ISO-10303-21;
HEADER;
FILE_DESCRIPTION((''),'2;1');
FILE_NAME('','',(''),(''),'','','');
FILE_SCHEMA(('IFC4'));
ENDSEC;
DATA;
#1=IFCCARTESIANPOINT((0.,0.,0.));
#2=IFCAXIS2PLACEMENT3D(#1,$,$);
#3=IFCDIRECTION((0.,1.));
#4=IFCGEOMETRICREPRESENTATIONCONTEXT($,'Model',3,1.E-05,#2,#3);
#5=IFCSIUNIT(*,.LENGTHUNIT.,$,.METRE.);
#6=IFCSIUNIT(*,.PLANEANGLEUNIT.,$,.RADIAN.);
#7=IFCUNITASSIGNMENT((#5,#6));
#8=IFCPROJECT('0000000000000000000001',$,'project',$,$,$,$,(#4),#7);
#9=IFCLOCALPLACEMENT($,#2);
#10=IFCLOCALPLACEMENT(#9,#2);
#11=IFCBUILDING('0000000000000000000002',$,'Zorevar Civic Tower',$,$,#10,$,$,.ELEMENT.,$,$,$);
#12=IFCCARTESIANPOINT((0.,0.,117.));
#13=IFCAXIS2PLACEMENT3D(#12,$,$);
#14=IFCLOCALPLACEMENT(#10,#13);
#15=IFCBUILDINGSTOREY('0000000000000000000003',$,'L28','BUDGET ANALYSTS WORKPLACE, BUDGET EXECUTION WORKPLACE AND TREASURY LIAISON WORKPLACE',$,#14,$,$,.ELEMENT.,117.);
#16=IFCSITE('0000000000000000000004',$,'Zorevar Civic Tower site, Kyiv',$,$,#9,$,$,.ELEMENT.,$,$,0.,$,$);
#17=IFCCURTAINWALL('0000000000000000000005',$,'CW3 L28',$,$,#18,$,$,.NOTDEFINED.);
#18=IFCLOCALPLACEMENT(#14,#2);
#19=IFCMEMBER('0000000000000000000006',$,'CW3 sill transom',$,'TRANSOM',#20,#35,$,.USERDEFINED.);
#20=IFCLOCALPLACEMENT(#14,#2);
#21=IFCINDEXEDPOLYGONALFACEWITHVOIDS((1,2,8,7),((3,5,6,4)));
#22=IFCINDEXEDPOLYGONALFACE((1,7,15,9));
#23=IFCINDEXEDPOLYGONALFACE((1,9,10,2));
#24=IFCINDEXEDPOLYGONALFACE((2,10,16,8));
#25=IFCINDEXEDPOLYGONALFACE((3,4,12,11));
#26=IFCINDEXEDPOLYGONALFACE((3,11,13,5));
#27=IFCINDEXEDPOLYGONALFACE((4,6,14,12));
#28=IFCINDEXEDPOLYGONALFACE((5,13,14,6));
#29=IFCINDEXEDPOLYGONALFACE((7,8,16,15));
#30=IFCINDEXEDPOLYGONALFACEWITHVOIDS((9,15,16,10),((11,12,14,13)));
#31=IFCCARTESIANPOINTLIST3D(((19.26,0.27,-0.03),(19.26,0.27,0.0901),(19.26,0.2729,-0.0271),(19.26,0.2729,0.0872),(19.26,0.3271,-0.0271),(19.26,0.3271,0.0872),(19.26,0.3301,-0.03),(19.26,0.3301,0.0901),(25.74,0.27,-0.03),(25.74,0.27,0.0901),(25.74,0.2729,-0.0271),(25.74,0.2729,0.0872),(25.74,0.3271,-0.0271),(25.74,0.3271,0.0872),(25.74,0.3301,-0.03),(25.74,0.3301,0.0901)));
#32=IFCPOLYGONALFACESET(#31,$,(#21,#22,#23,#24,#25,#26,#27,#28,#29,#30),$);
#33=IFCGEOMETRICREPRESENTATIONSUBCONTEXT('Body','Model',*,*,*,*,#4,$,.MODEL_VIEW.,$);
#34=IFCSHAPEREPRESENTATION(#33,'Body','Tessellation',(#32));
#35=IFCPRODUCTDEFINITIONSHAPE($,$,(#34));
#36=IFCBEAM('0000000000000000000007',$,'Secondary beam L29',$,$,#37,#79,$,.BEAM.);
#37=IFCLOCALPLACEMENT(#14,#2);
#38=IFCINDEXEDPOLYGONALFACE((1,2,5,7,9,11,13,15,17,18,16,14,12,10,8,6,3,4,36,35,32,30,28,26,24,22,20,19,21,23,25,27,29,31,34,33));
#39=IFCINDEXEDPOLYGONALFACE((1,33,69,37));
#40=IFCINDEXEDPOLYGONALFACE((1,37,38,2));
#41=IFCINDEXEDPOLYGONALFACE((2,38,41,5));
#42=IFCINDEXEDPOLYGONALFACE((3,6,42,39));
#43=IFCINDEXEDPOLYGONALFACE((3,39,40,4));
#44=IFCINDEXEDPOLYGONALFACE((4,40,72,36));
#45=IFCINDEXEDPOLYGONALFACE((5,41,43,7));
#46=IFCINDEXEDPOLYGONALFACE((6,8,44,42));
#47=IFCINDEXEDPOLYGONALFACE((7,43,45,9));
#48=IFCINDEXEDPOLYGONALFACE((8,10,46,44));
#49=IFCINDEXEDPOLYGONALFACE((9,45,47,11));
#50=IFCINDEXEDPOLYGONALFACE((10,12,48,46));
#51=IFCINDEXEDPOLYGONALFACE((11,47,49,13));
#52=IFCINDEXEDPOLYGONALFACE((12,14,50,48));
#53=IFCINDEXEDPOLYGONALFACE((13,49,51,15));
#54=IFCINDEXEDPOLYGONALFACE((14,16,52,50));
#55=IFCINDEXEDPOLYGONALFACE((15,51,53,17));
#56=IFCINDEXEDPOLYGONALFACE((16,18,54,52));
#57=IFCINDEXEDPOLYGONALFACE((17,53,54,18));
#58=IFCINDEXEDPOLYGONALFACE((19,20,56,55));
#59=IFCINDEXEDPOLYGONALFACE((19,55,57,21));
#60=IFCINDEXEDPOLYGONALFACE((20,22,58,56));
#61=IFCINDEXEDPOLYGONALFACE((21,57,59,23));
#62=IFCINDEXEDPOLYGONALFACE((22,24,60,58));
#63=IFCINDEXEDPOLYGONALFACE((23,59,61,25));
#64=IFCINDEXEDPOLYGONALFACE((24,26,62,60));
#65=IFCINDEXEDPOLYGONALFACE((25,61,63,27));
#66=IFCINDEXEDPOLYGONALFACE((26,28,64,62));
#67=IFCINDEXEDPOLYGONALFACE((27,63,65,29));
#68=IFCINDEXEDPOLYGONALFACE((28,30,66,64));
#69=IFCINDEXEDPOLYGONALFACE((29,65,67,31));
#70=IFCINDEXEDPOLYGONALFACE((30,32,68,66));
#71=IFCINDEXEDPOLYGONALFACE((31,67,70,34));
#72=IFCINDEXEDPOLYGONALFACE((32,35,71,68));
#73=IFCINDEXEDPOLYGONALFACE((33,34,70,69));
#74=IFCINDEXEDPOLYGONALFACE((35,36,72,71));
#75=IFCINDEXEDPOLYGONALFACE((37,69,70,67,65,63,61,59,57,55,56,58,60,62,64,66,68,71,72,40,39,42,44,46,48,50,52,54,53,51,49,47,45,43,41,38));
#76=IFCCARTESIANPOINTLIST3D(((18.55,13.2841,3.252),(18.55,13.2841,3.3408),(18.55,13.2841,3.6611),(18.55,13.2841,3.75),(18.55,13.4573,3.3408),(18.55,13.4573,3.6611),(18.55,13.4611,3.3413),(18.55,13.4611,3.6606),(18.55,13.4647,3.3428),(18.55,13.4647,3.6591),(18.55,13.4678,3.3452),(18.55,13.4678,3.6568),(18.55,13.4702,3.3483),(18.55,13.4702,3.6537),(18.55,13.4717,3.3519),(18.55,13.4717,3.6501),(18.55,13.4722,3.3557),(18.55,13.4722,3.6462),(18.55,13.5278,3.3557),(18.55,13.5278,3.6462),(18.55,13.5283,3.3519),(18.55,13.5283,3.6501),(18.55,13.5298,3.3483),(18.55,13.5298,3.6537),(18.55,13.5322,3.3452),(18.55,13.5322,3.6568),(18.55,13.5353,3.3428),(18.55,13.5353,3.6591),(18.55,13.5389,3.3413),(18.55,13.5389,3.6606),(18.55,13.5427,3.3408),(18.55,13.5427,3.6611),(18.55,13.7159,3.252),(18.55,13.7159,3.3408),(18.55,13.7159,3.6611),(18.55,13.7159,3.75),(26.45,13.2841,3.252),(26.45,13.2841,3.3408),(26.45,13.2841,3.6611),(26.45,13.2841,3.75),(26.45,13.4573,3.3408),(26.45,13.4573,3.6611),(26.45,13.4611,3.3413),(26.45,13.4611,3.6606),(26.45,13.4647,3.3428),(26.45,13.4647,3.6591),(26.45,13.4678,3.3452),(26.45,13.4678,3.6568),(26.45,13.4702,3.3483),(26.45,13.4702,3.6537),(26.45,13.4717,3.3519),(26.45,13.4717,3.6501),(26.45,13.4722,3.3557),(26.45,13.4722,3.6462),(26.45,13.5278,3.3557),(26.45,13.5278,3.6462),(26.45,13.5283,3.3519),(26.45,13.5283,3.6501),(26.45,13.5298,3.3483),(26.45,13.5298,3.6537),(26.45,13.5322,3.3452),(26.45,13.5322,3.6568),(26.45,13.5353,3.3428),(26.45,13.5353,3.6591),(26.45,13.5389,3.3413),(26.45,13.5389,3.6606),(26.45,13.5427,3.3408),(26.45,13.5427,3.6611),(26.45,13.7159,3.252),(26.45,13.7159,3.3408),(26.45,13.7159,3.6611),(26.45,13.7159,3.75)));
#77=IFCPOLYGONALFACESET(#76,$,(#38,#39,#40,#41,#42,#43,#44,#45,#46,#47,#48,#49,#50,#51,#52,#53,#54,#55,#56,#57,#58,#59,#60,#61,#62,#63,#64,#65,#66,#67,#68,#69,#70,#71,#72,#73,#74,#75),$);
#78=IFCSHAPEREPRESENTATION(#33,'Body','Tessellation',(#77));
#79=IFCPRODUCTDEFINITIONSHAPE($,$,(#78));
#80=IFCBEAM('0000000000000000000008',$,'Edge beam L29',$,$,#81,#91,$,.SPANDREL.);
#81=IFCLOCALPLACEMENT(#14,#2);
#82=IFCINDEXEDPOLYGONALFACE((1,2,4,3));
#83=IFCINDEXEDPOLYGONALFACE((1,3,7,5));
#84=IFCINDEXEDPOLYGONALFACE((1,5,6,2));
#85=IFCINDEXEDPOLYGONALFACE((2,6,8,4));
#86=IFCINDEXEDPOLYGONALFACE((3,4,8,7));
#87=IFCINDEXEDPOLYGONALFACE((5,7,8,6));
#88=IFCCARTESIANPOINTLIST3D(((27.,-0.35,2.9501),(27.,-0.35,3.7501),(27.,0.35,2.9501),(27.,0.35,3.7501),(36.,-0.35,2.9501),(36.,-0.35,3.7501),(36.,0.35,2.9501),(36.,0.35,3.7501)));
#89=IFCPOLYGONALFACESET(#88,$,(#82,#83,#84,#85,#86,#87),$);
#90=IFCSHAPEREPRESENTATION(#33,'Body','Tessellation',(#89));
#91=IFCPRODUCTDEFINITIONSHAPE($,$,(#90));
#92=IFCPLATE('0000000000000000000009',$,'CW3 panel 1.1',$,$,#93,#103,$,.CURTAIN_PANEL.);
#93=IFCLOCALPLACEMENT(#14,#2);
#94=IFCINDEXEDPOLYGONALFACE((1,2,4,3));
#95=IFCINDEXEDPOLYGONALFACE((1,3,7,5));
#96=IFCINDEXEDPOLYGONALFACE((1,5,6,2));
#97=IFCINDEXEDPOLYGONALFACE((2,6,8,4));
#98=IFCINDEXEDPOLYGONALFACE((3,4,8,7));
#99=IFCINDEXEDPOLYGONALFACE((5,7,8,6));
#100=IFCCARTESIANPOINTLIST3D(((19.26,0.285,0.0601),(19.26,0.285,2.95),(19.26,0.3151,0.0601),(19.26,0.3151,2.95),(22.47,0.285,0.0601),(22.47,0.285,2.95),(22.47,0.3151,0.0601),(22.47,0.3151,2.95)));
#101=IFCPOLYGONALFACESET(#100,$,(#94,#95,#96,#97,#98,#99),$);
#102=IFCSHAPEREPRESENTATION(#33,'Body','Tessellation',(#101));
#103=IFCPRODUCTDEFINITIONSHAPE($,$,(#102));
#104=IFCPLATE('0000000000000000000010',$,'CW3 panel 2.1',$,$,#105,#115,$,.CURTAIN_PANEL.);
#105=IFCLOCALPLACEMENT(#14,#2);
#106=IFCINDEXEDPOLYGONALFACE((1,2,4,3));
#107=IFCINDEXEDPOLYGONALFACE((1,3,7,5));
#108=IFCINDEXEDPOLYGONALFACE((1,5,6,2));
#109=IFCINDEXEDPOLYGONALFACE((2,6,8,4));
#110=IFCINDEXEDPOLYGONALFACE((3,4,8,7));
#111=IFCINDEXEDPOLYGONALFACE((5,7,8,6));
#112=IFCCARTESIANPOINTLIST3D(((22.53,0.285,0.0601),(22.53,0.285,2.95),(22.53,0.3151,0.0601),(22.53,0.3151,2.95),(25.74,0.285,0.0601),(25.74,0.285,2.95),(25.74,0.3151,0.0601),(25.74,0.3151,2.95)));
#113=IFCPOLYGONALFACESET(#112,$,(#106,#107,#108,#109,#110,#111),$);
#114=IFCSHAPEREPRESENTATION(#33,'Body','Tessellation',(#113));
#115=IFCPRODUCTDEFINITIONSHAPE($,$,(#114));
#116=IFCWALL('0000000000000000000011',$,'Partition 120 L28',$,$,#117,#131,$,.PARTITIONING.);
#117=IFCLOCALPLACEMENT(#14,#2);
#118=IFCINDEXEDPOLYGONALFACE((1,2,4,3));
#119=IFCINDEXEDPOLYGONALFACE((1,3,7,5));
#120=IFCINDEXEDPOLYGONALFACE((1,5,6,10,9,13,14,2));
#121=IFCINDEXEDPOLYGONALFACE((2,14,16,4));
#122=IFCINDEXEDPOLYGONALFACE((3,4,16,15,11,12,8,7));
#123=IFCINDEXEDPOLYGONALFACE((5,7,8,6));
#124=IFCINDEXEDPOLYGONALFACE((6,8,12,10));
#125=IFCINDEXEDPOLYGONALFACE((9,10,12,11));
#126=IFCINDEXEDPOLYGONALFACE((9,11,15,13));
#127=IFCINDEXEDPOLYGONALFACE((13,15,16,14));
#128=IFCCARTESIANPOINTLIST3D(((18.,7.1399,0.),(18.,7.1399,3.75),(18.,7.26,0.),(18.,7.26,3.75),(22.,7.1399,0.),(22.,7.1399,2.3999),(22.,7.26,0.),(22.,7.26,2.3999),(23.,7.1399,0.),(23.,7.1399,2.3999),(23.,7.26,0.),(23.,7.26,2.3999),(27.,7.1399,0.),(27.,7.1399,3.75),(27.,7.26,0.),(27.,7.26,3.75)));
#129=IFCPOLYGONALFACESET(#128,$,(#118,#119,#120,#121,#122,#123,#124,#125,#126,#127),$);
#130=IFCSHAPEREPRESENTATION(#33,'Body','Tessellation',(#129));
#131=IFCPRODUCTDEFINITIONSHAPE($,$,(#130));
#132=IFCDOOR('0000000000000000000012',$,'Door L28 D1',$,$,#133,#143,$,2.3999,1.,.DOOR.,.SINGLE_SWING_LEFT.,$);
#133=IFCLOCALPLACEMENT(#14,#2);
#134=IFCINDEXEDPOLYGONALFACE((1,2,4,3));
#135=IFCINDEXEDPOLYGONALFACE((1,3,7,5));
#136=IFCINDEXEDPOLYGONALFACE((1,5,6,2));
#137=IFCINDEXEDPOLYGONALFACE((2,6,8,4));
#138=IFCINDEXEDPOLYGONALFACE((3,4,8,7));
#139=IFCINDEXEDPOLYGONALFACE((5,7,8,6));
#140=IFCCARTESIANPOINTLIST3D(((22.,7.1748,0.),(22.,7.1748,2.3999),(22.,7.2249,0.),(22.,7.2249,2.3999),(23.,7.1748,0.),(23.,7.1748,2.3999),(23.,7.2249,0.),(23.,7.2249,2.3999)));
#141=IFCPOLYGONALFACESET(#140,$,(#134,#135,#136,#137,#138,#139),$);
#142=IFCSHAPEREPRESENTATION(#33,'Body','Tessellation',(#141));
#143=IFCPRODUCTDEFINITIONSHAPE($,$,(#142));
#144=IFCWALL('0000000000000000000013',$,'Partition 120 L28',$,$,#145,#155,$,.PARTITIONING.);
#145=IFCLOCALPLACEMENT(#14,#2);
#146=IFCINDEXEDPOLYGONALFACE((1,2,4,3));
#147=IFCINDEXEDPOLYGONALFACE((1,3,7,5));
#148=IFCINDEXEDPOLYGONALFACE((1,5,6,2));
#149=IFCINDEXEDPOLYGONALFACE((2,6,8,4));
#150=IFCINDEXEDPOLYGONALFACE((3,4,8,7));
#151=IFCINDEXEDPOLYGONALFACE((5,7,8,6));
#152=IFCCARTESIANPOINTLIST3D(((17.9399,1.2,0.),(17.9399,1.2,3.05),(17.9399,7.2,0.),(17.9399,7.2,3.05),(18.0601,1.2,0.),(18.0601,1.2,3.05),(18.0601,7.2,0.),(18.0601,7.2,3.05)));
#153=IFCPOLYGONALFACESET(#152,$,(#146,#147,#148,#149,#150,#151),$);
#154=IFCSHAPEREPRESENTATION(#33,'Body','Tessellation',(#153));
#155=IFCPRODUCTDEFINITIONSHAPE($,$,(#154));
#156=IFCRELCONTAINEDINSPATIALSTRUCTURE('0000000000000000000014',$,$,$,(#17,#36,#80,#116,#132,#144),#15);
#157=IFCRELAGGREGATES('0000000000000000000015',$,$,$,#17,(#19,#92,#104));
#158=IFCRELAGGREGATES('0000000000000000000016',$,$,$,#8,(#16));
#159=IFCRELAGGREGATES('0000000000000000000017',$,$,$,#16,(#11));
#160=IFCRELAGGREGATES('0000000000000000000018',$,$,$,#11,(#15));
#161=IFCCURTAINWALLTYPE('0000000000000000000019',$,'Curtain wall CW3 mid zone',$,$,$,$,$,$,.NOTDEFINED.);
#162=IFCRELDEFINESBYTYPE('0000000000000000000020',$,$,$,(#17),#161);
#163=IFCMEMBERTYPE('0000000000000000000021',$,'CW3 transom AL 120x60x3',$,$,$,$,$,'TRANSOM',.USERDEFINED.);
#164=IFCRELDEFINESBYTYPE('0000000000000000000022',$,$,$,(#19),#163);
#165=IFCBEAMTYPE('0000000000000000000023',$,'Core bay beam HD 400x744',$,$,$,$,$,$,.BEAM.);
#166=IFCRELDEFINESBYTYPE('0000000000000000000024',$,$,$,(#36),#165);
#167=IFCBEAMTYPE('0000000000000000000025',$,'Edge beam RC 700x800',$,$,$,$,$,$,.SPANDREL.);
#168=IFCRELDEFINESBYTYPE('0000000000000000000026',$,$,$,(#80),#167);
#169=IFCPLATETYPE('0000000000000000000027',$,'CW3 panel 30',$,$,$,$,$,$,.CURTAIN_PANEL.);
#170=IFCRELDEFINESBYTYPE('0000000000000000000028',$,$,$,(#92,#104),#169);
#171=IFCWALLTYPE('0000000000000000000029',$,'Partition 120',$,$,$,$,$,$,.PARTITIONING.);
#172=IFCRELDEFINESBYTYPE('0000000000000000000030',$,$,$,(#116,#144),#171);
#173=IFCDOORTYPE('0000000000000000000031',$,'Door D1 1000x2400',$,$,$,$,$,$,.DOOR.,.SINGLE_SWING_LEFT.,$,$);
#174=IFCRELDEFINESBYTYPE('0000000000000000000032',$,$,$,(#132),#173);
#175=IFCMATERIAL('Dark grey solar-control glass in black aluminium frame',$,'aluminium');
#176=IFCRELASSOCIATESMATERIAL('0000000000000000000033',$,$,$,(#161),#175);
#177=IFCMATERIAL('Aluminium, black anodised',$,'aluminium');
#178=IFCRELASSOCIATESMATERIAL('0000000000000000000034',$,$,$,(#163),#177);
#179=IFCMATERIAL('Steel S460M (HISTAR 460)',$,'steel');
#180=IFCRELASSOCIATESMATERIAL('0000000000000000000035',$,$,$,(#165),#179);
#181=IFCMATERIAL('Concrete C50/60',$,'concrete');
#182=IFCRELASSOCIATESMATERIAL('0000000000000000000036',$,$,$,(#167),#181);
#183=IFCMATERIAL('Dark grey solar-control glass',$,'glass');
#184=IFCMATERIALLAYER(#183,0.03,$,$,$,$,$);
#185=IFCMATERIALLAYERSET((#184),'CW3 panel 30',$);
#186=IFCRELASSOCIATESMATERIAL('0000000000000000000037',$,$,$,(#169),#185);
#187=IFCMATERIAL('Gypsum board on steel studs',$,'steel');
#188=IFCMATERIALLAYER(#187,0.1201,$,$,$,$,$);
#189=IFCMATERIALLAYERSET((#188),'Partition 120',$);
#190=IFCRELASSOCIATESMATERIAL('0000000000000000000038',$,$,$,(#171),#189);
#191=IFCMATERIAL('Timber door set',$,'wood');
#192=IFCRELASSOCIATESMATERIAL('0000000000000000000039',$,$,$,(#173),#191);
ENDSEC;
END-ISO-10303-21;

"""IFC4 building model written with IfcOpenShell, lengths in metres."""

from ifc_helpers import new_model, si_unit, direction, frame, frame_2d, origin, origin_2d, place, context, subcontext, project, spatial, rectangle, hollow_rectangle, i_section, extrude, material, layer, layer_set, material_profile, profile_set, type_object, element, fill, aggregate, save


model = new_model("IFC4")

# Units and contexts
model_context = context("Model", 3, precision=1e-05, world=origin(), true_north=direction((0.0, 1.0)))
body_context = subcontext(model_context, "Body", "Model", "MODEL_VIEW")
ifc_project = project(units=[si_unit("LENGTHUNIT", "METRE"), si_unit("PLANEANGLEUNIT", "RADIAN")], contexts=[model_context])

# Site, building, storey
site_placement = place(None, origin())
site = spatial("IfcSite", under=ifc_project, at=site_placement, Name="Zorevar Civic Tower site, Kyiv", CompositionType="ELEMENT", RefElevation=0.0)
building_placement = place(site_placement, origin())
building = spatial("IfcBuilding", under=site, at=building_placement, Name="Zorevar Civic Tower", CompositionType="ELEMENT")
storey_placement = place(building_placement, frame((0.0, 0.0, 117.0)))
storey = spatial("IfcBuildingStorey", under=building, at=storey_placement, Name="L28", Description="BUDGET ANALYSTS WORKPLACE, BUDGET EXECUTION WORKPLACE AND TREASURY LIAISON WORKPLACE", CompositionType="ELEMENT", Elevation=117.0)

# Curtain wall, member
ifc_material_1 = material(Name="Dark grey solar-control glass in black aluminium frame", Category="aluminium")
curtain_wall_type = type_object("IfcCurtainWallType", Name="Curtain wall CW3 mid zone", PredefinedType="NOTDEFINED", material=ifc_material_1)
curtain_wall_placement = place(storey_placement, origin())
curtain_wall = element("IfcCurtainWall", 1, at=curtain_wall_placement, inside=storey, type_object=curtain_wall_type, Name="CW3 L28", PredefinedType="NOTDEFINED")
ifc_material_2 = material(Name="Aluminium, black anodised", Category="aluminium")
ifc_material_profile_1 = material_profile(ifc_material_2, hollow_rectangle(XDim=0.0601, YDim=0.1201, WallThickness=0.0029, at=origin_2d()), Name="AL 120x60x3")
ifc_profile_set_1 = profile_set([ifc_material_profile_1], Name="Aluminium, black anodised")
member_type_1 = type_object("IfcMemberType", Name="CW3 transom AL 120x60x3", ElementType="TRANSOM", PredefinedType="USERDEFINED", material=ifc_profile_set_1)
member_1_placement = place(storey_placement, frame((19.26, 0.3, 0.03), z_axis=(1.0, 0.0, 0.0), x_axis=(0.0, 1.0, 0.0)))
member_1 = element("IfcMember", 2, at=member_1_placement, type_object=member_type_1, Name="CW3 sill transom", ObjectType="TRANSOM", PredefinedType="USERDEFINED", context=body_context, shape_type="SweptSolid", body=[
    extrude(hollow_rectangle(XDim=0.0601, YDim=0.1201, WallThickness=0.0029, at=origin_2d()), origin(), (0.0, 0.0, 1.0), 6.48),
])

# Beams
ifc_material_3 = material(Name="Steel S460M (HISTAR 460)", Category="steel")
ifc_material_profile_2 = material_profile(ifc_material_3, i_section(OverallWidth=0.4319, OverallDepth=0.498, WebThickness=0.0557, FlangeThickness=0.0889, FilletRadius=0.0149, at=origin_2d()), Name="HD 400x744")
ifc_profile_set_2 = profile_set([ifc_material_profile_2], Name="Steel S460M (HISTAR 460)")
beam_type_1 = type_object("IfcBeamType", Name="Core bay beam HD 400x744", PredefinedType="BEAM", material=ifc_profile_set_2)
beam_1_placement = place(storey_placement, frame((18.55, 13.5, 3.501), z_axis=(1.0, 0.0, 0.0), x_axis=(0.0, 1.0, 0.0)))
element("IfcBeam", 3, at=beam_1_placement, inside=storey, type_object=beam_type_1, Name="Secondary beam L29", PredefinedType="BEAM", context=body_context, shape_type="SweptSolid", body=[
    extrude(i_section(OverallWidth=0.4319, OverallDepth=0.498, WebThickness=0.0557, FlangeThickness=0.0889, FilletRadius=0.0149, at=origin_2d()), origin(), (0.0, 0.0, 1.0), 7.8999),
])
ifc_material_4 = material(Name="Concrete C50/60", Category="concrete")
ifc_material_profile_3 = material_profile(ifc_material_4, rectangle(XDim=0.7, YDim=0.8, at=origin_2d()), Name="RC 700x800")
ifc_profile_set_3 = profile_set([ifc_material_profile_3], Name="Concrete C50/60")
beam_type_2 = type_object("IfcBeamType", Name="Edge beam RC 700x800", PredefinedType="SPANDREL", material=ifc_profile_set_3)
beam_2_placement = place(storey_placement, frame((27.0, 0.0, 3.3501), z_axis=(1.0, 0.0, 0.0), x_axis=(0.0, 1.0, 0.0)))
element("IfcBeam", 4, at=beam_2_placement, inside=storey, type_object=beam_type_2, Name="Edge beam L29", PredefinedType="SPANDREL", context=body_context, shape_type="SweptSolid", body=[
    extrude(rectangle(XDim=0.7, YDim=0.8, at=origin_2d()), origin(), (0.0, 0.0, 1.0), 9.0),
])

# Plates
ifc_material_5 = material(Name="Dark grey solar-control glass", Category="glass")
ifc_layer_1 = layer(ifc_material_5, 0.03)
ifc_layer_set_1 = layer_set([ifc_layer_1], Name="CW3 panel 30")
plate_type = type_object("IfcPlateType", Name="CW3 panel 30", PredefinedType="CURTAIN_PANEL", material=ifc_layer_set_1)
plate_1_placement = place(storey_placement, frame((20.865, 0.3, 0.0601), z_axis=(0.0, 0.0, 1.0), x_axis=(1.0, 0.0, 0.0)))
plate_1 = element("IfcPlate", 5, at=plate_1_placement, type_object=plate_type, Name="CW3 panel 1.1", PredefinedType="CURTAIN_PANEL", context=body_context, shape_type="SweptSolid", body=[
    extrude(rectangle(XDim=3.21, YDim=0.03, at=origin_2d()), origin(), (0.0, 0.0, 1.0), 2.8899),
])
plate_2_placement = place(storey_placement, frame((24.135, 0.3, 0.0601), z_axis=(0.0, 0.0, 1.0), x_axis=(1.0, 0.0, 0.0)))
plate_2 = element("IfcPlate", 6, at=plate_2_placement, type_object=plate_type, Name="CW3 panel 2.1", PredefinedType="CURTAIN_PANEL", context=body_context, shape_type="SweptSolid", body=[
    extrude(rectangle(XDim=3.21, YDim=0.03, at=origin_2d()), origin(), (0.0, 0.0, 1.0), 2.8899),
])
aggregate(curtain_wall, [member_1, plate_1, plate_2])

# Wall, opening, door
ifc_material_6 = material(Name="Gypsum board on steel studs", Category="steel")
ifc_layer_2 = layer(ifc_material_6, 0.1201)
ifc_layer_set_2 = layer_set([ifc_layer_2], Name="Partition 120")
wall_type = type_object("IfcWallType", Name="Partition 120", PredefinedType="PARTITIONING", material=ifc_layer_set_2)
wall_1_placement = place(storey_placement, frame((18.0, 7.2, 0.0), z_axis=(0.0, 0.0, 1.0), x_axis=(1.0, 0.0, 0.0)))
wall_1 = element("IfcWall", 7, at=wall_1_placement, inside=storey, type_object=wall_type, Name="Partition 120 L28", PredefinedType="PARTITIONING", context=body_context, shape_type="SweptSolid", body=[
    extrude(rectangle(XDim=9.0, YDim=0.1201, at=frame_2d((4.5, 0.0))), origin(), (0.0, 0.0, 1.0), 3.75),
])
opening_placement = place(wall_1_placement, frame((4.0, 0.0, 0.0)))
opening = element("IfcOpeningElement", 8, at=opening_placement, cuts=wall_1, PredefinedType="OPENING", context=body_context, shape_type="SweptSolid", body=[
    extrude(rectangle(XDim=1.0, YDim=2.3999, at=frame_2d((0.5, 1.2))), frame((0.0, 0.0701, 0.0), z_axis=(0.0, -1.0, 0.0), x_axis=(1.0, 0.0, 0.0)), (0.0, 0.0, 1.0), 0.1401),
])
ifc_material_7 = material(Name="Timber door set", Category="wood")
door_type = type_object("IfcDoorType", Name="Door D1 1000x2400", OperationType="SINGLE_SWING_LEFT", PredefinedType="DOOR", material=ifc_material_7)
door_placement = place(opening_placement, origin())
door = element("IfcDoor", 9, at=door_placement, inside=storey, type_object=door_type, Name="Door L28 D1", OperationType="SINGLE_SWING_LEFT", OverallHeight=2.3999, OverallWidth=1.0, PredefinedType="DOOR", context=body_context, shape_type="SweptSolid", body=[
    extrude(rectangle(XDim=1.0, YDim=2.3999, at=frame_2d((0.5, 1.2))), frame((0.0, 0.0249, 0.0), z_axis=(0.0, -1.0, 0.0), x_axis=(1.0, 0.0, 0.0)), (0.0, 0.0, 1.0), 0.05),
])
fill(opening, door)

# Wall
wall_2_placement = place(storey_placement, frame((18.0, 1.2, 0.0), z_axis=(0.0, 0.0, 1.0), x_axis=(0.0, 1.0, 0.0)))
element("IfcWall", 10, at=wall_2_placement, inside=storey, type_object=wall_type, Name="Partition 120 L28", PredefinedType="PARTITIONING", context=body_context, shape_type="SweptSolid", body=[
    extrude(rectangle(XDim=6.0, YDim=0.1201, at=frame_2d((3.0, 0.0))), origin(), (0.0, 0.0, 1.0), 3.05),
])

save(model, "model.ifc")
